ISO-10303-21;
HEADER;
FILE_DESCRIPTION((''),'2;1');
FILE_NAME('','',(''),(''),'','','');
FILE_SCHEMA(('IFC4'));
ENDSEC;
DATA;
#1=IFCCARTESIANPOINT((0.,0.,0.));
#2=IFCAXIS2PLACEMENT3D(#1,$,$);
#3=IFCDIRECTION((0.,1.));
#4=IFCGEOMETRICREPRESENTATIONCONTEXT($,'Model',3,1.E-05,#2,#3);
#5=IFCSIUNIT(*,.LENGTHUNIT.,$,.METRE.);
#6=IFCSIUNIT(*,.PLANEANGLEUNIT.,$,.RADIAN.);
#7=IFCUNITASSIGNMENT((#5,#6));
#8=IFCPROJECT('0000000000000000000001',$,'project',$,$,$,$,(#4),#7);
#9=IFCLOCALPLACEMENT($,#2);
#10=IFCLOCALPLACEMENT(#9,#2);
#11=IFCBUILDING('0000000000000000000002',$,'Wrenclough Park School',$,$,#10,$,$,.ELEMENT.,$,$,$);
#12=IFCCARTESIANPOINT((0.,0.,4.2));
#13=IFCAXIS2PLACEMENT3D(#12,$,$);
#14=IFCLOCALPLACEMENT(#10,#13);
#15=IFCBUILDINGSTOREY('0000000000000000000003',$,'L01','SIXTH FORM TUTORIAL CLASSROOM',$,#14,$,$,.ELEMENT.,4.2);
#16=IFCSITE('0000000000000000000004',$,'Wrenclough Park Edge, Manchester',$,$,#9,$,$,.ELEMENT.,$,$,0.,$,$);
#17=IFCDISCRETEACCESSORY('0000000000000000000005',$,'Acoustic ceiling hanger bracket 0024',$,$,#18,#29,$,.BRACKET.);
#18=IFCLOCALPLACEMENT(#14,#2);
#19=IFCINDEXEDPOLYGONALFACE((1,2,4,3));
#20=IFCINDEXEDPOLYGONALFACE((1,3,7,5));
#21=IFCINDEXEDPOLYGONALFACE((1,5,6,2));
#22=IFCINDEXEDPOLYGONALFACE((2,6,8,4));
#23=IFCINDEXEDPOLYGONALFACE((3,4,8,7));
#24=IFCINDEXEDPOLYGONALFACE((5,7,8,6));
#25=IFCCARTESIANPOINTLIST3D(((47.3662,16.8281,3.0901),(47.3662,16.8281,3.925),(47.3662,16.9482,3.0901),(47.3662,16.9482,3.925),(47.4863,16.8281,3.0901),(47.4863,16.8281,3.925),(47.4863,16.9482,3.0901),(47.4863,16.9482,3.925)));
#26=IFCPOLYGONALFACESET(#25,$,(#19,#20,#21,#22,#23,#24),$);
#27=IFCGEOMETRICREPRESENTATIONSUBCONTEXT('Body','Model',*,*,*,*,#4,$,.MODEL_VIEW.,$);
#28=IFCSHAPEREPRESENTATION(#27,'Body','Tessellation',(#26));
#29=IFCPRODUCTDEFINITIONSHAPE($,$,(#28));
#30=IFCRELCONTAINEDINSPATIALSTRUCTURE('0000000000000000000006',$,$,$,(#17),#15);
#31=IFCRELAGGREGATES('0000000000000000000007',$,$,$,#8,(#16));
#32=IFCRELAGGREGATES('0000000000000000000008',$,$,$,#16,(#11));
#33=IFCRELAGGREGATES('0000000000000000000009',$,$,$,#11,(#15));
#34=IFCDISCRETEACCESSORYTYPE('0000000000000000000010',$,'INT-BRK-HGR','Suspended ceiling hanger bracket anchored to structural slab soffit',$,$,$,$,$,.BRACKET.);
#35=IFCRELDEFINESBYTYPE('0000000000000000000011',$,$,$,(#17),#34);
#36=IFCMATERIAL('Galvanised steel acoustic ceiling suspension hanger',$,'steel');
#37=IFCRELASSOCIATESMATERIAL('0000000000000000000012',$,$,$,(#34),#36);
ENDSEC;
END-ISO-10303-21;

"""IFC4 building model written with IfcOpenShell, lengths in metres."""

from ifc_helpers import new_model, si_unit, direction, frame, origin, origin_2d, place, context, subcontext, project, spatial, rectangle, extrude, material, type_object, element, save


model = new_model("IFC4")

# Units and contexts
model_context = context("Model", 3, precision=1e-05, world=origin(), true_north=direction((0.0, 1.0)))
body_context = subcontext(model_context, "Body", "Model", "MODEL_VIEW")
ifc_project = project(units=[si_unit("LENGTHUNIT", "METRE"), si_unit("PLANEANGLEUNIT", "RADIAN")], contexts=[model_context])

# Site, building, storey
site_placement = place(None, origin())
site = spatial("IfcSite", under=ifc_project, at=site_placement, Name="Wrenclough Park Edge, Manchester", CompositionType="ELEMENT", RefElevation=0.0)
building_placement = place(site_placement, origin())
building = spatial("IfcBuilding", under=site, at=building_placement, Name="Wrenclough Park School", CompositionType="ELEMENT")
storey_placement = place(building_placement, frame((0.0, 0.0, 4.2)))
storey = spatial("IfcBuildingStorey", under=building, at=storey_placement, Name="L01", Description="SIXTH FORM TUTORIAL CLASSROOM", CompositionType="ELEMENT", Elevation=4.2)

# Discrete accessory
ifc_material_1 = material(Name="Galvanised steel acoustic ceiling suspension hanger", Category="steel")
discrete_accessory_type = type_object("IfcDiscreteAccessoryType", Name="INT-BRK-HGR", Description="Suspended ceiling hanger bracket anchored to structural slab soffit", PredefinedType="BRACKET", material=ifc_material_1)
discrete_accessory_placement = place(storey_placement, frame((47.4263, 16.8882, 3.0901), z_axis=(0.0, 0.0, 1.0), x_axis=(1.0, 0.0, 0.0)))
element("IfcDiscreteAccessory", 1, at=discrete_accessory_placement, inside=storey, type_object=discrete_accessory_type, Name="Acoustic ceiling hanger bracket 0024", PredefinedType="BRACKET", context=body_context, shape_type="SweptSolid", body=[
    extrude(rectangle(XDim=0.1201, YDim=0.1201, at=origin_2d()), origin(), (0.0, 0.0, 1.0), 0.835),
])

save(model, "model.ifc")
